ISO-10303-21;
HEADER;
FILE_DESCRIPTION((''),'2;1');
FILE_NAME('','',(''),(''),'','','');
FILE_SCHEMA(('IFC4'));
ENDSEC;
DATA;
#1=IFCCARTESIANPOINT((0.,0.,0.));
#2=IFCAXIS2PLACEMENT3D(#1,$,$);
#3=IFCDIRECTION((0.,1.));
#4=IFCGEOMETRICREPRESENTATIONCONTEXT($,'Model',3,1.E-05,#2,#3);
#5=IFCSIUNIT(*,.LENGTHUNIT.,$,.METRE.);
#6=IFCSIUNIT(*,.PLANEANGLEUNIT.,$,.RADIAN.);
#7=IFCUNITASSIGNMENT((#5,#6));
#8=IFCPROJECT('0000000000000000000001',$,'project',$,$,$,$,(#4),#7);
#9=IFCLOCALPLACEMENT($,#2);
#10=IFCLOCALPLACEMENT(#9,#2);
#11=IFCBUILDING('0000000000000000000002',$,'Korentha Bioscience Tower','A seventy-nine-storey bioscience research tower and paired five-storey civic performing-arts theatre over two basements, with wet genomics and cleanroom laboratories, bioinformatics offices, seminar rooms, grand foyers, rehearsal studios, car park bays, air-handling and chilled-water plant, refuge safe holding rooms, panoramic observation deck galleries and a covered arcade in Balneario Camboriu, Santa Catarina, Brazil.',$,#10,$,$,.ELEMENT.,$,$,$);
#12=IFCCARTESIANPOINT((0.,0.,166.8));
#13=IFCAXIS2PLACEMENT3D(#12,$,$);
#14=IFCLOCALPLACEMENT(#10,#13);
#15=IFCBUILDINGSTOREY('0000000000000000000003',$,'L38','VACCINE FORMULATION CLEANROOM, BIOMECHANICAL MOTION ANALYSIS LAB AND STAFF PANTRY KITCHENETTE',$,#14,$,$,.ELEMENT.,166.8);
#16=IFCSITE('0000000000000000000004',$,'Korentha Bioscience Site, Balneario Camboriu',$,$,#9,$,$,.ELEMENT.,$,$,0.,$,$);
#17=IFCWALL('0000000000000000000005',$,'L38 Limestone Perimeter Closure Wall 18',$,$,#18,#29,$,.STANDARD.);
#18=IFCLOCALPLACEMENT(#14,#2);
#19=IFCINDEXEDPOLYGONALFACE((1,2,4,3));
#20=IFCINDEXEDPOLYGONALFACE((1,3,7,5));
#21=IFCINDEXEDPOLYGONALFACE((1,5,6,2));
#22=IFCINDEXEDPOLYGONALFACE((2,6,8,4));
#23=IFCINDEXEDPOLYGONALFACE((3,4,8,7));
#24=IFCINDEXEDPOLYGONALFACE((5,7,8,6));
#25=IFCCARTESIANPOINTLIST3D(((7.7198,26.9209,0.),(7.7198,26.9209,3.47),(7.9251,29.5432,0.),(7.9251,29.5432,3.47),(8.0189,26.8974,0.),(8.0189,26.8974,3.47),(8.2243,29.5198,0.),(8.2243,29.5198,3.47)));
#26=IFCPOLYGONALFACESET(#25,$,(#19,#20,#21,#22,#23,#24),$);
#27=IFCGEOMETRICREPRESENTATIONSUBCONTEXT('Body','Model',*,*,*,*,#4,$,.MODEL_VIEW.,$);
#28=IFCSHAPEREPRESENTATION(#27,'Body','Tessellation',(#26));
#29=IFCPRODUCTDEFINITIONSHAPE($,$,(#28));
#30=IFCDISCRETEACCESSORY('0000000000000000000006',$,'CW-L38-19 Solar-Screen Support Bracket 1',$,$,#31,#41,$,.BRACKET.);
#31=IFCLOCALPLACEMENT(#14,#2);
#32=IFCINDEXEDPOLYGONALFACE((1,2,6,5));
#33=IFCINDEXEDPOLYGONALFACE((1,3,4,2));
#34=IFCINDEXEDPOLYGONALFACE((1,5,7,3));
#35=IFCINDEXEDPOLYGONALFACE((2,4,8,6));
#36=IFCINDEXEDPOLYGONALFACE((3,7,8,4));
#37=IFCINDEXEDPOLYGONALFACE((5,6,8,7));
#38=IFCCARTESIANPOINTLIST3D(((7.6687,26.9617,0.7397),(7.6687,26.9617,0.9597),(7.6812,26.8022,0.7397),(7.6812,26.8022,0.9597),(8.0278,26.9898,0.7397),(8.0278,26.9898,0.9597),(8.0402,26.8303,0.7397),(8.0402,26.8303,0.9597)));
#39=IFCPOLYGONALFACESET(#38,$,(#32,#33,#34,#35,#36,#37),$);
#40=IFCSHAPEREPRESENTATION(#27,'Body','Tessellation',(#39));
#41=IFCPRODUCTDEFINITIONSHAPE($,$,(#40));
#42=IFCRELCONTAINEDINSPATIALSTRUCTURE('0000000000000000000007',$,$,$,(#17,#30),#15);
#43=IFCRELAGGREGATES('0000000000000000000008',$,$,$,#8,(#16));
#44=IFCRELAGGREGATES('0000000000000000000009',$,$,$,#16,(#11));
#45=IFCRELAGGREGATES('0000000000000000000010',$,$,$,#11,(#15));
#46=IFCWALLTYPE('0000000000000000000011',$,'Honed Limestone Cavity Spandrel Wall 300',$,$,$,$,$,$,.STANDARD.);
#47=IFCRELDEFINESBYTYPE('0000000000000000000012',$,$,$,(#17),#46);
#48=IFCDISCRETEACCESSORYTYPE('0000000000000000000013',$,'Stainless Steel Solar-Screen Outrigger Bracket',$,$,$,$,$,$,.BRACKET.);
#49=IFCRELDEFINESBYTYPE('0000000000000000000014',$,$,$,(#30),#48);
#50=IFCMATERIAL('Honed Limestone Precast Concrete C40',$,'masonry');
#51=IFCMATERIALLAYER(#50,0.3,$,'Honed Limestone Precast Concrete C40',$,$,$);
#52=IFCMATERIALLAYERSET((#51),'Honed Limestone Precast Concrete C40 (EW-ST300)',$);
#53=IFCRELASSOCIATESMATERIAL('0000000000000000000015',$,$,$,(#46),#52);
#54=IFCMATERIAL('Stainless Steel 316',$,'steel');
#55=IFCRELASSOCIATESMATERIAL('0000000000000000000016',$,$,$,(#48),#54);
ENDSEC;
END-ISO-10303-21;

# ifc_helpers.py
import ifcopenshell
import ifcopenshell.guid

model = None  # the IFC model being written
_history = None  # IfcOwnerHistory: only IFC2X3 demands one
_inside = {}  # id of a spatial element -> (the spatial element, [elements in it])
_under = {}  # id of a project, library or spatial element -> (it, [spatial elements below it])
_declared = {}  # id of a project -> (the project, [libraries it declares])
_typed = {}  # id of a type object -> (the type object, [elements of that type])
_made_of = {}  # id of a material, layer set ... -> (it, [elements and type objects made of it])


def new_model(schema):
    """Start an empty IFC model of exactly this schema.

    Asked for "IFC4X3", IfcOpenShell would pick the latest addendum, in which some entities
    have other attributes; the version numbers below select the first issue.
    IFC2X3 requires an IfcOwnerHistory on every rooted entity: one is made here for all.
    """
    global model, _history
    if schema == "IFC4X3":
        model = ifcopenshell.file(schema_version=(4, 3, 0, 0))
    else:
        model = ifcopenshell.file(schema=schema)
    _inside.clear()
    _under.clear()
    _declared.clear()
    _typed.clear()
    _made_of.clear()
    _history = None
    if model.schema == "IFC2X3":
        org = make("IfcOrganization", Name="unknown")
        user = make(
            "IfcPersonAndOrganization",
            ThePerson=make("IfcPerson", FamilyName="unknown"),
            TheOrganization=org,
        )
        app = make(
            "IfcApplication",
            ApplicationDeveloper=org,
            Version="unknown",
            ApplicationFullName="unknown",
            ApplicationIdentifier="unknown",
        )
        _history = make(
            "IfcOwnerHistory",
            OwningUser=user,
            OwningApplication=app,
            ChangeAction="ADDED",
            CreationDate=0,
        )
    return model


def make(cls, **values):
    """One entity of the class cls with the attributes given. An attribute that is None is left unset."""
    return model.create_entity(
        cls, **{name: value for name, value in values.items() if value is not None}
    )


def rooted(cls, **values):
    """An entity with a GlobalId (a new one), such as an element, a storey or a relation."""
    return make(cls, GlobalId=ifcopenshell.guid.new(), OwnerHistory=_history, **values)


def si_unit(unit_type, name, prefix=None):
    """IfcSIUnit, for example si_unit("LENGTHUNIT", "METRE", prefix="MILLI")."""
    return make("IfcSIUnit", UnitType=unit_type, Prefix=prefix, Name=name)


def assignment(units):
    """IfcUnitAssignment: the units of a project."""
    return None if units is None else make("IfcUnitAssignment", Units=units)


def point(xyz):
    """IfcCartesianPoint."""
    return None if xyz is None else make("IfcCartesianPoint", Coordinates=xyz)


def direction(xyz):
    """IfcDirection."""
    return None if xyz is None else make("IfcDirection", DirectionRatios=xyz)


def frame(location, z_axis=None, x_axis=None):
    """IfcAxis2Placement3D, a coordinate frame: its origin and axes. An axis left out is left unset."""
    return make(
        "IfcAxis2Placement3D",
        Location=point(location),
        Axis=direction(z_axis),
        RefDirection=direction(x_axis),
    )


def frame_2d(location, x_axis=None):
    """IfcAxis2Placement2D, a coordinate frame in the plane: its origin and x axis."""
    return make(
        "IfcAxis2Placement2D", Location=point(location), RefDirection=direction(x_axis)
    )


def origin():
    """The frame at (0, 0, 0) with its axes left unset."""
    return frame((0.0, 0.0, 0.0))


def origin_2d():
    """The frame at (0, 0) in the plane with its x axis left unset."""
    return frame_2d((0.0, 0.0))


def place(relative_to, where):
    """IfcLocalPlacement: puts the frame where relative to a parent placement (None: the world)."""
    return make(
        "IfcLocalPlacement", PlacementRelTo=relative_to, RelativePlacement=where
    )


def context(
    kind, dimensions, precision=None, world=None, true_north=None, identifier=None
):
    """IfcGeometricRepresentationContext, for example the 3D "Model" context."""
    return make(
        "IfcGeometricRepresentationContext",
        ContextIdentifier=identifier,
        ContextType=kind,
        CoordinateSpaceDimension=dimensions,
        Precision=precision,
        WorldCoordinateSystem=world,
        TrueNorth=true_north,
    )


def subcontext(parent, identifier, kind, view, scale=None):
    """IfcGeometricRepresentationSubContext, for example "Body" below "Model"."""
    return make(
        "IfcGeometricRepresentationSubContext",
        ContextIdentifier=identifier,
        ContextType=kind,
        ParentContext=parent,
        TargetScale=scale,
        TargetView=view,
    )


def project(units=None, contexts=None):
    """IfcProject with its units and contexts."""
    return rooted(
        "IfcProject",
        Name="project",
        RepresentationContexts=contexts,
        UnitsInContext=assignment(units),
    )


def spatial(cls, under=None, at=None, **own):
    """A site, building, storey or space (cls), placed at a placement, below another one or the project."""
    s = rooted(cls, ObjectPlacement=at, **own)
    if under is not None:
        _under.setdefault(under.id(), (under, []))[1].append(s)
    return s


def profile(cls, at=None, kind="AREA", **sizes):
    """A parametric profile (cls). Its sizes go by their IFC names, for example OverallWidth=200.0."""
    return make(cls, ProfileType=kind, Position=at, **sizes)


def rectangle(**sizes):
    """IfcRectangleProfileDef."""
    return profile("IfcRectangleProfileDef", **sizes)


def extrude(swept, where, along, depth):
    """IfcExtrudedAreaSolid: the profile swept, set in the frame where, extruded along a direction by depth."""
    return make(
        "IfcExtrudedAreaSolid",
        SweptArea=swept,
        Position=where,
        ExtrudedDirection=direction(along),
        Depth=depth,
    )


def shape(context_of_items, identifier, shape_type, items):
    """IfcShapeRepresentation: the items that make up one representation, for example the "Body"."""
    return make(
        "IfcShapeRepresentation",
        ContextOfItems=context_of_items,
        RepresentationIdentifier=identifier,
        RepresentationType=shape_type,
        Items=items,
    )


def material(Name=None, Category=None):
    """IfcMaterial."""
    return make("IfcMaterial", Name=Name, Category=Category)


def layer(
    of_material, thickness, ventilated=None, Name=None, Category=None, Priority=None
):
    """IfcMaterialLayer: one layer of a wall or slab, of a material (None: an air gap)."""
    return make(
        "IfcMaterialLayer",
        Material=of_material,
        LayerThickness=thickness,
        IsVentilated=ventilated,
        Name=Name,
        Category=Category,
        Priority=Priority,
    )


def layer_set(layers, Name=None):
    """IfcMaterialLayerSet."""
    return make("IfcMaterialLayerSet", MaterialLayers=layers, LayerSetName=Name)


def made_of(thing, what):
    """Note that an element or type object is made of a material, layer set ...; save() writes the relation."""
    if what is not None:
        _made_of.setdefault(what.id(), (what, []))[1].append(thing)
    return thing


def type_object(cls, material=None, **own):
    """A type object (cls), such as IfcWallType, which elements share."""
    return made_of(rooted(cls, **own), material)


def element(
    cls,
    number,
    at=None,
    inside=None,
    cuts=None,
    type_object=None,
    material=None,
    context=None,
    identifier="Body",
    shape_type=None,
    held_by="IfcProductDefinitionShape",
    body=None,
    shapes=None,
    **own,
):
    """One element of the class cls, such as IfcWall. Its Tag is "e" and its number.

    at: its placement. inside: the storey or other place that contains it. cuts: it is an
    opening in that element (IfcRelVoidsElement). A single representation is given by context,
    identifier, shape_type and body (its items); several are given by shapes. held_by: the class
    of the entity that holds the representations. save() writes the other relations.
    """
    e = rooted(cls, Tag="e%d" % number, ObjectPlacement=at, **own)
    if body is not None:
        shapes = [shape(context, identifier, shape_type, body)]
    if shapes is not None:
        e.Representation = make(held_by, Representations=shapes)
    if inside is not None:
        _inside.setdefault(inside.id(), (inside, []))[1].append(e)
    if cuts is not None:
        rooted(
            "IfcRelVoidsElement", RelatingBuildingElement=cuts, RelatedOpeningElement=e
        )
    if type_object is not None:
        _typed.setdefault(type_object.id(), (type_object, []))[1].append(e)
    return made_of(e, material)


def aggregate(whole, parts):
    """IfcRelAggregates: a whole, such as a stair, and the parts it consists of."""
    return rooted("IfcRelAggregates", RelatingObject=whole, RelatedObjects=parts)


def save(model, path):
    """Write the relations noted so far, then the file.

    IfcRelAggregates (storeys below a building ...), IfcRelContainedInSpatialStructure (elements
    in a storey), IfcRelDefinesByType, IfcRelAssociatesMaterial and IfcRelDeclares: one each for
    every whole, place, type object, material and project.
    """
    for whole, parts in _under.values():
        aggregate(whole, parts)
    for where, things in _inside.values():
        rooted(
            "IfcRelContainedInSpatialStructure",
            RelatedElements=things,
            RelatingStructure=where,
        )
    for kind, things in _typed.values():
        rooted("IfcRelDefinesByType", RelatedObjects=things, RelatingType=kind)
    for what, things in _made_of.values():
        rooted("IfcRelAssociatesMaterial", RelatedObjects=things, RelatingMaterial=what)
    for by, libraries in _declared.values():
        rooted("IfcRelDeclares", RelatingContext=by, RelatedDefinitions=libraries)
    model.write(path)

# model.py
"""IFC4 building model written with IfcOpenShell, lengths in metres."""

from ifc_helpers import new_model, si_unit, direction, frame, frame_2d, origin, origin_2d, place, context, subcontext, project, spatial, rectangle, extrude, material, layer, layer_set, type_object, element, save


model = new_model("IFC4")

# Units and contexts
model_context = context("Model", 3, precision=1e-05, world=origin(), true_north=direction((0.0, 1.0)))
body_context = subcontext(model_context, "Body", "Model", "MODEL_VIEW")
ifc_project = project(units=[si_unit("LENGTHUNIT", "METRE"), si_unit("PLANEANGLEUNIT", "RADIAN")], contexts=[model_context])

# Site, building, storey
site_placement = place(None, origin())
site = spatial("IfcSite", under=ifc_project, at=site_placement, Name="Korentha Bioscience Site, Balneario Camboriu", CompositionType="ELEMENT", RefElevation=0.0)
building_placement = place(site_placement, origin())
building = spatial("IfcBuilding", under=site, at=building_placement, Name="Korentha Bioscience Tower", Description="A seventy-nine-storey bioscience research tower and paired five-storey civic performing-arts theatre over two basements, with wet genomics and cleanroom laboratories, bioinformatics offices, seminar rooms, grand foyers, rehearsal studios, car park bays, air-handling and chilled-water plant, refuge safe holding rooms, panoramic observation deck galleries and a covered arcade in Balneario Camboriu, Santa Catarina, Brazil.", CompositionType="ELEMENT")
storey_placement = place(building_placement, frame((0.0, 0.0, 166.8)))
storey = spatial("IfcBuildingStorey", under=building, at=storey_placement, Name="L38", Description="VACCINE FORMULATION CLEANROOM, BIOMECHANICAL MOTION ANALYSIS LAB AND STAFF PANTRY KITCHENETTE", CompositionType="ELEMENT", Elevation=166.8)

# Wall
ifc_material_1 = material(Name="Honed Limestone Precast Concrete C40", Category="masonry")
ifc_layer_1 = layer(ifc_material_1, 0.3, Name="Honed Limestone Precast Concrete C40")
ifc_layer_set_1 = layer_set([ifc_layer_1], Name="Honed Limestone Precast Concrete C40 (EW-ST300)")
wall_type_1 = type_object("IfcWallType", Name="Honed Limestone Cavity Spandrel Wall 300", PredefinedType="STANDARD", material=ifc_layer_set_1)
wall_1_placement = place(storey_placement, frame((8.0747, 29.5315, 0.0), z_axis=(0.0, 0.0, 1.0), x_axis=(-0.078059, -0.996949, 0.0)))
element("IfcWall", 1, at=wall_1_placement, inside=storey, type_object=wall_type_1, Name="L38 Limestone Perimeter Closure Wall 18", PredefinedType="STANDARD", context=body_context, shape_type="SweptSolid", body=[
    extrude(rectangle(XDim=2.6304, YDim=0.3, at=frame_2d((1.3152, 0.0))), origin(), (0.0, 0.0, 1.0), 3.47),
])

# Discrete accessory
ifc_material_2 = material(Name="Stainless Steel 316", Category="steel")
discrete_accessory_type = type_object("IfcDiscreteAccessoryType", Name="Stainless Steel Solar-Screen Outrigger Bracket", PredefinedType="BRACKET", material=ifc_material_2)
discrete_accessory_placement = place(storey_placement, frame((7.8545, 26.896, 0.7397), z_axis=(0.0, 0.0, 1.0), x_axis=(0.078031, -0.996951, 0.0)))
element("IfcDiscreteAccessory", 2, at=discrete_accessory_placement, inside=storey, type_object=discrete_accessory_type, Name="CW-L38-19 Solar-Screen Support Bracket 1", PredefinedType="BRACKET", context=body_context, shape_type="SweptSolid", body=[
    extrude(rectangle(XDim=0.1599, YDim=0.3601, at=origin_2d()), origin(), (0.0, 0.0, 1.0), 0.22),
])

save(model, "model.ifc")
